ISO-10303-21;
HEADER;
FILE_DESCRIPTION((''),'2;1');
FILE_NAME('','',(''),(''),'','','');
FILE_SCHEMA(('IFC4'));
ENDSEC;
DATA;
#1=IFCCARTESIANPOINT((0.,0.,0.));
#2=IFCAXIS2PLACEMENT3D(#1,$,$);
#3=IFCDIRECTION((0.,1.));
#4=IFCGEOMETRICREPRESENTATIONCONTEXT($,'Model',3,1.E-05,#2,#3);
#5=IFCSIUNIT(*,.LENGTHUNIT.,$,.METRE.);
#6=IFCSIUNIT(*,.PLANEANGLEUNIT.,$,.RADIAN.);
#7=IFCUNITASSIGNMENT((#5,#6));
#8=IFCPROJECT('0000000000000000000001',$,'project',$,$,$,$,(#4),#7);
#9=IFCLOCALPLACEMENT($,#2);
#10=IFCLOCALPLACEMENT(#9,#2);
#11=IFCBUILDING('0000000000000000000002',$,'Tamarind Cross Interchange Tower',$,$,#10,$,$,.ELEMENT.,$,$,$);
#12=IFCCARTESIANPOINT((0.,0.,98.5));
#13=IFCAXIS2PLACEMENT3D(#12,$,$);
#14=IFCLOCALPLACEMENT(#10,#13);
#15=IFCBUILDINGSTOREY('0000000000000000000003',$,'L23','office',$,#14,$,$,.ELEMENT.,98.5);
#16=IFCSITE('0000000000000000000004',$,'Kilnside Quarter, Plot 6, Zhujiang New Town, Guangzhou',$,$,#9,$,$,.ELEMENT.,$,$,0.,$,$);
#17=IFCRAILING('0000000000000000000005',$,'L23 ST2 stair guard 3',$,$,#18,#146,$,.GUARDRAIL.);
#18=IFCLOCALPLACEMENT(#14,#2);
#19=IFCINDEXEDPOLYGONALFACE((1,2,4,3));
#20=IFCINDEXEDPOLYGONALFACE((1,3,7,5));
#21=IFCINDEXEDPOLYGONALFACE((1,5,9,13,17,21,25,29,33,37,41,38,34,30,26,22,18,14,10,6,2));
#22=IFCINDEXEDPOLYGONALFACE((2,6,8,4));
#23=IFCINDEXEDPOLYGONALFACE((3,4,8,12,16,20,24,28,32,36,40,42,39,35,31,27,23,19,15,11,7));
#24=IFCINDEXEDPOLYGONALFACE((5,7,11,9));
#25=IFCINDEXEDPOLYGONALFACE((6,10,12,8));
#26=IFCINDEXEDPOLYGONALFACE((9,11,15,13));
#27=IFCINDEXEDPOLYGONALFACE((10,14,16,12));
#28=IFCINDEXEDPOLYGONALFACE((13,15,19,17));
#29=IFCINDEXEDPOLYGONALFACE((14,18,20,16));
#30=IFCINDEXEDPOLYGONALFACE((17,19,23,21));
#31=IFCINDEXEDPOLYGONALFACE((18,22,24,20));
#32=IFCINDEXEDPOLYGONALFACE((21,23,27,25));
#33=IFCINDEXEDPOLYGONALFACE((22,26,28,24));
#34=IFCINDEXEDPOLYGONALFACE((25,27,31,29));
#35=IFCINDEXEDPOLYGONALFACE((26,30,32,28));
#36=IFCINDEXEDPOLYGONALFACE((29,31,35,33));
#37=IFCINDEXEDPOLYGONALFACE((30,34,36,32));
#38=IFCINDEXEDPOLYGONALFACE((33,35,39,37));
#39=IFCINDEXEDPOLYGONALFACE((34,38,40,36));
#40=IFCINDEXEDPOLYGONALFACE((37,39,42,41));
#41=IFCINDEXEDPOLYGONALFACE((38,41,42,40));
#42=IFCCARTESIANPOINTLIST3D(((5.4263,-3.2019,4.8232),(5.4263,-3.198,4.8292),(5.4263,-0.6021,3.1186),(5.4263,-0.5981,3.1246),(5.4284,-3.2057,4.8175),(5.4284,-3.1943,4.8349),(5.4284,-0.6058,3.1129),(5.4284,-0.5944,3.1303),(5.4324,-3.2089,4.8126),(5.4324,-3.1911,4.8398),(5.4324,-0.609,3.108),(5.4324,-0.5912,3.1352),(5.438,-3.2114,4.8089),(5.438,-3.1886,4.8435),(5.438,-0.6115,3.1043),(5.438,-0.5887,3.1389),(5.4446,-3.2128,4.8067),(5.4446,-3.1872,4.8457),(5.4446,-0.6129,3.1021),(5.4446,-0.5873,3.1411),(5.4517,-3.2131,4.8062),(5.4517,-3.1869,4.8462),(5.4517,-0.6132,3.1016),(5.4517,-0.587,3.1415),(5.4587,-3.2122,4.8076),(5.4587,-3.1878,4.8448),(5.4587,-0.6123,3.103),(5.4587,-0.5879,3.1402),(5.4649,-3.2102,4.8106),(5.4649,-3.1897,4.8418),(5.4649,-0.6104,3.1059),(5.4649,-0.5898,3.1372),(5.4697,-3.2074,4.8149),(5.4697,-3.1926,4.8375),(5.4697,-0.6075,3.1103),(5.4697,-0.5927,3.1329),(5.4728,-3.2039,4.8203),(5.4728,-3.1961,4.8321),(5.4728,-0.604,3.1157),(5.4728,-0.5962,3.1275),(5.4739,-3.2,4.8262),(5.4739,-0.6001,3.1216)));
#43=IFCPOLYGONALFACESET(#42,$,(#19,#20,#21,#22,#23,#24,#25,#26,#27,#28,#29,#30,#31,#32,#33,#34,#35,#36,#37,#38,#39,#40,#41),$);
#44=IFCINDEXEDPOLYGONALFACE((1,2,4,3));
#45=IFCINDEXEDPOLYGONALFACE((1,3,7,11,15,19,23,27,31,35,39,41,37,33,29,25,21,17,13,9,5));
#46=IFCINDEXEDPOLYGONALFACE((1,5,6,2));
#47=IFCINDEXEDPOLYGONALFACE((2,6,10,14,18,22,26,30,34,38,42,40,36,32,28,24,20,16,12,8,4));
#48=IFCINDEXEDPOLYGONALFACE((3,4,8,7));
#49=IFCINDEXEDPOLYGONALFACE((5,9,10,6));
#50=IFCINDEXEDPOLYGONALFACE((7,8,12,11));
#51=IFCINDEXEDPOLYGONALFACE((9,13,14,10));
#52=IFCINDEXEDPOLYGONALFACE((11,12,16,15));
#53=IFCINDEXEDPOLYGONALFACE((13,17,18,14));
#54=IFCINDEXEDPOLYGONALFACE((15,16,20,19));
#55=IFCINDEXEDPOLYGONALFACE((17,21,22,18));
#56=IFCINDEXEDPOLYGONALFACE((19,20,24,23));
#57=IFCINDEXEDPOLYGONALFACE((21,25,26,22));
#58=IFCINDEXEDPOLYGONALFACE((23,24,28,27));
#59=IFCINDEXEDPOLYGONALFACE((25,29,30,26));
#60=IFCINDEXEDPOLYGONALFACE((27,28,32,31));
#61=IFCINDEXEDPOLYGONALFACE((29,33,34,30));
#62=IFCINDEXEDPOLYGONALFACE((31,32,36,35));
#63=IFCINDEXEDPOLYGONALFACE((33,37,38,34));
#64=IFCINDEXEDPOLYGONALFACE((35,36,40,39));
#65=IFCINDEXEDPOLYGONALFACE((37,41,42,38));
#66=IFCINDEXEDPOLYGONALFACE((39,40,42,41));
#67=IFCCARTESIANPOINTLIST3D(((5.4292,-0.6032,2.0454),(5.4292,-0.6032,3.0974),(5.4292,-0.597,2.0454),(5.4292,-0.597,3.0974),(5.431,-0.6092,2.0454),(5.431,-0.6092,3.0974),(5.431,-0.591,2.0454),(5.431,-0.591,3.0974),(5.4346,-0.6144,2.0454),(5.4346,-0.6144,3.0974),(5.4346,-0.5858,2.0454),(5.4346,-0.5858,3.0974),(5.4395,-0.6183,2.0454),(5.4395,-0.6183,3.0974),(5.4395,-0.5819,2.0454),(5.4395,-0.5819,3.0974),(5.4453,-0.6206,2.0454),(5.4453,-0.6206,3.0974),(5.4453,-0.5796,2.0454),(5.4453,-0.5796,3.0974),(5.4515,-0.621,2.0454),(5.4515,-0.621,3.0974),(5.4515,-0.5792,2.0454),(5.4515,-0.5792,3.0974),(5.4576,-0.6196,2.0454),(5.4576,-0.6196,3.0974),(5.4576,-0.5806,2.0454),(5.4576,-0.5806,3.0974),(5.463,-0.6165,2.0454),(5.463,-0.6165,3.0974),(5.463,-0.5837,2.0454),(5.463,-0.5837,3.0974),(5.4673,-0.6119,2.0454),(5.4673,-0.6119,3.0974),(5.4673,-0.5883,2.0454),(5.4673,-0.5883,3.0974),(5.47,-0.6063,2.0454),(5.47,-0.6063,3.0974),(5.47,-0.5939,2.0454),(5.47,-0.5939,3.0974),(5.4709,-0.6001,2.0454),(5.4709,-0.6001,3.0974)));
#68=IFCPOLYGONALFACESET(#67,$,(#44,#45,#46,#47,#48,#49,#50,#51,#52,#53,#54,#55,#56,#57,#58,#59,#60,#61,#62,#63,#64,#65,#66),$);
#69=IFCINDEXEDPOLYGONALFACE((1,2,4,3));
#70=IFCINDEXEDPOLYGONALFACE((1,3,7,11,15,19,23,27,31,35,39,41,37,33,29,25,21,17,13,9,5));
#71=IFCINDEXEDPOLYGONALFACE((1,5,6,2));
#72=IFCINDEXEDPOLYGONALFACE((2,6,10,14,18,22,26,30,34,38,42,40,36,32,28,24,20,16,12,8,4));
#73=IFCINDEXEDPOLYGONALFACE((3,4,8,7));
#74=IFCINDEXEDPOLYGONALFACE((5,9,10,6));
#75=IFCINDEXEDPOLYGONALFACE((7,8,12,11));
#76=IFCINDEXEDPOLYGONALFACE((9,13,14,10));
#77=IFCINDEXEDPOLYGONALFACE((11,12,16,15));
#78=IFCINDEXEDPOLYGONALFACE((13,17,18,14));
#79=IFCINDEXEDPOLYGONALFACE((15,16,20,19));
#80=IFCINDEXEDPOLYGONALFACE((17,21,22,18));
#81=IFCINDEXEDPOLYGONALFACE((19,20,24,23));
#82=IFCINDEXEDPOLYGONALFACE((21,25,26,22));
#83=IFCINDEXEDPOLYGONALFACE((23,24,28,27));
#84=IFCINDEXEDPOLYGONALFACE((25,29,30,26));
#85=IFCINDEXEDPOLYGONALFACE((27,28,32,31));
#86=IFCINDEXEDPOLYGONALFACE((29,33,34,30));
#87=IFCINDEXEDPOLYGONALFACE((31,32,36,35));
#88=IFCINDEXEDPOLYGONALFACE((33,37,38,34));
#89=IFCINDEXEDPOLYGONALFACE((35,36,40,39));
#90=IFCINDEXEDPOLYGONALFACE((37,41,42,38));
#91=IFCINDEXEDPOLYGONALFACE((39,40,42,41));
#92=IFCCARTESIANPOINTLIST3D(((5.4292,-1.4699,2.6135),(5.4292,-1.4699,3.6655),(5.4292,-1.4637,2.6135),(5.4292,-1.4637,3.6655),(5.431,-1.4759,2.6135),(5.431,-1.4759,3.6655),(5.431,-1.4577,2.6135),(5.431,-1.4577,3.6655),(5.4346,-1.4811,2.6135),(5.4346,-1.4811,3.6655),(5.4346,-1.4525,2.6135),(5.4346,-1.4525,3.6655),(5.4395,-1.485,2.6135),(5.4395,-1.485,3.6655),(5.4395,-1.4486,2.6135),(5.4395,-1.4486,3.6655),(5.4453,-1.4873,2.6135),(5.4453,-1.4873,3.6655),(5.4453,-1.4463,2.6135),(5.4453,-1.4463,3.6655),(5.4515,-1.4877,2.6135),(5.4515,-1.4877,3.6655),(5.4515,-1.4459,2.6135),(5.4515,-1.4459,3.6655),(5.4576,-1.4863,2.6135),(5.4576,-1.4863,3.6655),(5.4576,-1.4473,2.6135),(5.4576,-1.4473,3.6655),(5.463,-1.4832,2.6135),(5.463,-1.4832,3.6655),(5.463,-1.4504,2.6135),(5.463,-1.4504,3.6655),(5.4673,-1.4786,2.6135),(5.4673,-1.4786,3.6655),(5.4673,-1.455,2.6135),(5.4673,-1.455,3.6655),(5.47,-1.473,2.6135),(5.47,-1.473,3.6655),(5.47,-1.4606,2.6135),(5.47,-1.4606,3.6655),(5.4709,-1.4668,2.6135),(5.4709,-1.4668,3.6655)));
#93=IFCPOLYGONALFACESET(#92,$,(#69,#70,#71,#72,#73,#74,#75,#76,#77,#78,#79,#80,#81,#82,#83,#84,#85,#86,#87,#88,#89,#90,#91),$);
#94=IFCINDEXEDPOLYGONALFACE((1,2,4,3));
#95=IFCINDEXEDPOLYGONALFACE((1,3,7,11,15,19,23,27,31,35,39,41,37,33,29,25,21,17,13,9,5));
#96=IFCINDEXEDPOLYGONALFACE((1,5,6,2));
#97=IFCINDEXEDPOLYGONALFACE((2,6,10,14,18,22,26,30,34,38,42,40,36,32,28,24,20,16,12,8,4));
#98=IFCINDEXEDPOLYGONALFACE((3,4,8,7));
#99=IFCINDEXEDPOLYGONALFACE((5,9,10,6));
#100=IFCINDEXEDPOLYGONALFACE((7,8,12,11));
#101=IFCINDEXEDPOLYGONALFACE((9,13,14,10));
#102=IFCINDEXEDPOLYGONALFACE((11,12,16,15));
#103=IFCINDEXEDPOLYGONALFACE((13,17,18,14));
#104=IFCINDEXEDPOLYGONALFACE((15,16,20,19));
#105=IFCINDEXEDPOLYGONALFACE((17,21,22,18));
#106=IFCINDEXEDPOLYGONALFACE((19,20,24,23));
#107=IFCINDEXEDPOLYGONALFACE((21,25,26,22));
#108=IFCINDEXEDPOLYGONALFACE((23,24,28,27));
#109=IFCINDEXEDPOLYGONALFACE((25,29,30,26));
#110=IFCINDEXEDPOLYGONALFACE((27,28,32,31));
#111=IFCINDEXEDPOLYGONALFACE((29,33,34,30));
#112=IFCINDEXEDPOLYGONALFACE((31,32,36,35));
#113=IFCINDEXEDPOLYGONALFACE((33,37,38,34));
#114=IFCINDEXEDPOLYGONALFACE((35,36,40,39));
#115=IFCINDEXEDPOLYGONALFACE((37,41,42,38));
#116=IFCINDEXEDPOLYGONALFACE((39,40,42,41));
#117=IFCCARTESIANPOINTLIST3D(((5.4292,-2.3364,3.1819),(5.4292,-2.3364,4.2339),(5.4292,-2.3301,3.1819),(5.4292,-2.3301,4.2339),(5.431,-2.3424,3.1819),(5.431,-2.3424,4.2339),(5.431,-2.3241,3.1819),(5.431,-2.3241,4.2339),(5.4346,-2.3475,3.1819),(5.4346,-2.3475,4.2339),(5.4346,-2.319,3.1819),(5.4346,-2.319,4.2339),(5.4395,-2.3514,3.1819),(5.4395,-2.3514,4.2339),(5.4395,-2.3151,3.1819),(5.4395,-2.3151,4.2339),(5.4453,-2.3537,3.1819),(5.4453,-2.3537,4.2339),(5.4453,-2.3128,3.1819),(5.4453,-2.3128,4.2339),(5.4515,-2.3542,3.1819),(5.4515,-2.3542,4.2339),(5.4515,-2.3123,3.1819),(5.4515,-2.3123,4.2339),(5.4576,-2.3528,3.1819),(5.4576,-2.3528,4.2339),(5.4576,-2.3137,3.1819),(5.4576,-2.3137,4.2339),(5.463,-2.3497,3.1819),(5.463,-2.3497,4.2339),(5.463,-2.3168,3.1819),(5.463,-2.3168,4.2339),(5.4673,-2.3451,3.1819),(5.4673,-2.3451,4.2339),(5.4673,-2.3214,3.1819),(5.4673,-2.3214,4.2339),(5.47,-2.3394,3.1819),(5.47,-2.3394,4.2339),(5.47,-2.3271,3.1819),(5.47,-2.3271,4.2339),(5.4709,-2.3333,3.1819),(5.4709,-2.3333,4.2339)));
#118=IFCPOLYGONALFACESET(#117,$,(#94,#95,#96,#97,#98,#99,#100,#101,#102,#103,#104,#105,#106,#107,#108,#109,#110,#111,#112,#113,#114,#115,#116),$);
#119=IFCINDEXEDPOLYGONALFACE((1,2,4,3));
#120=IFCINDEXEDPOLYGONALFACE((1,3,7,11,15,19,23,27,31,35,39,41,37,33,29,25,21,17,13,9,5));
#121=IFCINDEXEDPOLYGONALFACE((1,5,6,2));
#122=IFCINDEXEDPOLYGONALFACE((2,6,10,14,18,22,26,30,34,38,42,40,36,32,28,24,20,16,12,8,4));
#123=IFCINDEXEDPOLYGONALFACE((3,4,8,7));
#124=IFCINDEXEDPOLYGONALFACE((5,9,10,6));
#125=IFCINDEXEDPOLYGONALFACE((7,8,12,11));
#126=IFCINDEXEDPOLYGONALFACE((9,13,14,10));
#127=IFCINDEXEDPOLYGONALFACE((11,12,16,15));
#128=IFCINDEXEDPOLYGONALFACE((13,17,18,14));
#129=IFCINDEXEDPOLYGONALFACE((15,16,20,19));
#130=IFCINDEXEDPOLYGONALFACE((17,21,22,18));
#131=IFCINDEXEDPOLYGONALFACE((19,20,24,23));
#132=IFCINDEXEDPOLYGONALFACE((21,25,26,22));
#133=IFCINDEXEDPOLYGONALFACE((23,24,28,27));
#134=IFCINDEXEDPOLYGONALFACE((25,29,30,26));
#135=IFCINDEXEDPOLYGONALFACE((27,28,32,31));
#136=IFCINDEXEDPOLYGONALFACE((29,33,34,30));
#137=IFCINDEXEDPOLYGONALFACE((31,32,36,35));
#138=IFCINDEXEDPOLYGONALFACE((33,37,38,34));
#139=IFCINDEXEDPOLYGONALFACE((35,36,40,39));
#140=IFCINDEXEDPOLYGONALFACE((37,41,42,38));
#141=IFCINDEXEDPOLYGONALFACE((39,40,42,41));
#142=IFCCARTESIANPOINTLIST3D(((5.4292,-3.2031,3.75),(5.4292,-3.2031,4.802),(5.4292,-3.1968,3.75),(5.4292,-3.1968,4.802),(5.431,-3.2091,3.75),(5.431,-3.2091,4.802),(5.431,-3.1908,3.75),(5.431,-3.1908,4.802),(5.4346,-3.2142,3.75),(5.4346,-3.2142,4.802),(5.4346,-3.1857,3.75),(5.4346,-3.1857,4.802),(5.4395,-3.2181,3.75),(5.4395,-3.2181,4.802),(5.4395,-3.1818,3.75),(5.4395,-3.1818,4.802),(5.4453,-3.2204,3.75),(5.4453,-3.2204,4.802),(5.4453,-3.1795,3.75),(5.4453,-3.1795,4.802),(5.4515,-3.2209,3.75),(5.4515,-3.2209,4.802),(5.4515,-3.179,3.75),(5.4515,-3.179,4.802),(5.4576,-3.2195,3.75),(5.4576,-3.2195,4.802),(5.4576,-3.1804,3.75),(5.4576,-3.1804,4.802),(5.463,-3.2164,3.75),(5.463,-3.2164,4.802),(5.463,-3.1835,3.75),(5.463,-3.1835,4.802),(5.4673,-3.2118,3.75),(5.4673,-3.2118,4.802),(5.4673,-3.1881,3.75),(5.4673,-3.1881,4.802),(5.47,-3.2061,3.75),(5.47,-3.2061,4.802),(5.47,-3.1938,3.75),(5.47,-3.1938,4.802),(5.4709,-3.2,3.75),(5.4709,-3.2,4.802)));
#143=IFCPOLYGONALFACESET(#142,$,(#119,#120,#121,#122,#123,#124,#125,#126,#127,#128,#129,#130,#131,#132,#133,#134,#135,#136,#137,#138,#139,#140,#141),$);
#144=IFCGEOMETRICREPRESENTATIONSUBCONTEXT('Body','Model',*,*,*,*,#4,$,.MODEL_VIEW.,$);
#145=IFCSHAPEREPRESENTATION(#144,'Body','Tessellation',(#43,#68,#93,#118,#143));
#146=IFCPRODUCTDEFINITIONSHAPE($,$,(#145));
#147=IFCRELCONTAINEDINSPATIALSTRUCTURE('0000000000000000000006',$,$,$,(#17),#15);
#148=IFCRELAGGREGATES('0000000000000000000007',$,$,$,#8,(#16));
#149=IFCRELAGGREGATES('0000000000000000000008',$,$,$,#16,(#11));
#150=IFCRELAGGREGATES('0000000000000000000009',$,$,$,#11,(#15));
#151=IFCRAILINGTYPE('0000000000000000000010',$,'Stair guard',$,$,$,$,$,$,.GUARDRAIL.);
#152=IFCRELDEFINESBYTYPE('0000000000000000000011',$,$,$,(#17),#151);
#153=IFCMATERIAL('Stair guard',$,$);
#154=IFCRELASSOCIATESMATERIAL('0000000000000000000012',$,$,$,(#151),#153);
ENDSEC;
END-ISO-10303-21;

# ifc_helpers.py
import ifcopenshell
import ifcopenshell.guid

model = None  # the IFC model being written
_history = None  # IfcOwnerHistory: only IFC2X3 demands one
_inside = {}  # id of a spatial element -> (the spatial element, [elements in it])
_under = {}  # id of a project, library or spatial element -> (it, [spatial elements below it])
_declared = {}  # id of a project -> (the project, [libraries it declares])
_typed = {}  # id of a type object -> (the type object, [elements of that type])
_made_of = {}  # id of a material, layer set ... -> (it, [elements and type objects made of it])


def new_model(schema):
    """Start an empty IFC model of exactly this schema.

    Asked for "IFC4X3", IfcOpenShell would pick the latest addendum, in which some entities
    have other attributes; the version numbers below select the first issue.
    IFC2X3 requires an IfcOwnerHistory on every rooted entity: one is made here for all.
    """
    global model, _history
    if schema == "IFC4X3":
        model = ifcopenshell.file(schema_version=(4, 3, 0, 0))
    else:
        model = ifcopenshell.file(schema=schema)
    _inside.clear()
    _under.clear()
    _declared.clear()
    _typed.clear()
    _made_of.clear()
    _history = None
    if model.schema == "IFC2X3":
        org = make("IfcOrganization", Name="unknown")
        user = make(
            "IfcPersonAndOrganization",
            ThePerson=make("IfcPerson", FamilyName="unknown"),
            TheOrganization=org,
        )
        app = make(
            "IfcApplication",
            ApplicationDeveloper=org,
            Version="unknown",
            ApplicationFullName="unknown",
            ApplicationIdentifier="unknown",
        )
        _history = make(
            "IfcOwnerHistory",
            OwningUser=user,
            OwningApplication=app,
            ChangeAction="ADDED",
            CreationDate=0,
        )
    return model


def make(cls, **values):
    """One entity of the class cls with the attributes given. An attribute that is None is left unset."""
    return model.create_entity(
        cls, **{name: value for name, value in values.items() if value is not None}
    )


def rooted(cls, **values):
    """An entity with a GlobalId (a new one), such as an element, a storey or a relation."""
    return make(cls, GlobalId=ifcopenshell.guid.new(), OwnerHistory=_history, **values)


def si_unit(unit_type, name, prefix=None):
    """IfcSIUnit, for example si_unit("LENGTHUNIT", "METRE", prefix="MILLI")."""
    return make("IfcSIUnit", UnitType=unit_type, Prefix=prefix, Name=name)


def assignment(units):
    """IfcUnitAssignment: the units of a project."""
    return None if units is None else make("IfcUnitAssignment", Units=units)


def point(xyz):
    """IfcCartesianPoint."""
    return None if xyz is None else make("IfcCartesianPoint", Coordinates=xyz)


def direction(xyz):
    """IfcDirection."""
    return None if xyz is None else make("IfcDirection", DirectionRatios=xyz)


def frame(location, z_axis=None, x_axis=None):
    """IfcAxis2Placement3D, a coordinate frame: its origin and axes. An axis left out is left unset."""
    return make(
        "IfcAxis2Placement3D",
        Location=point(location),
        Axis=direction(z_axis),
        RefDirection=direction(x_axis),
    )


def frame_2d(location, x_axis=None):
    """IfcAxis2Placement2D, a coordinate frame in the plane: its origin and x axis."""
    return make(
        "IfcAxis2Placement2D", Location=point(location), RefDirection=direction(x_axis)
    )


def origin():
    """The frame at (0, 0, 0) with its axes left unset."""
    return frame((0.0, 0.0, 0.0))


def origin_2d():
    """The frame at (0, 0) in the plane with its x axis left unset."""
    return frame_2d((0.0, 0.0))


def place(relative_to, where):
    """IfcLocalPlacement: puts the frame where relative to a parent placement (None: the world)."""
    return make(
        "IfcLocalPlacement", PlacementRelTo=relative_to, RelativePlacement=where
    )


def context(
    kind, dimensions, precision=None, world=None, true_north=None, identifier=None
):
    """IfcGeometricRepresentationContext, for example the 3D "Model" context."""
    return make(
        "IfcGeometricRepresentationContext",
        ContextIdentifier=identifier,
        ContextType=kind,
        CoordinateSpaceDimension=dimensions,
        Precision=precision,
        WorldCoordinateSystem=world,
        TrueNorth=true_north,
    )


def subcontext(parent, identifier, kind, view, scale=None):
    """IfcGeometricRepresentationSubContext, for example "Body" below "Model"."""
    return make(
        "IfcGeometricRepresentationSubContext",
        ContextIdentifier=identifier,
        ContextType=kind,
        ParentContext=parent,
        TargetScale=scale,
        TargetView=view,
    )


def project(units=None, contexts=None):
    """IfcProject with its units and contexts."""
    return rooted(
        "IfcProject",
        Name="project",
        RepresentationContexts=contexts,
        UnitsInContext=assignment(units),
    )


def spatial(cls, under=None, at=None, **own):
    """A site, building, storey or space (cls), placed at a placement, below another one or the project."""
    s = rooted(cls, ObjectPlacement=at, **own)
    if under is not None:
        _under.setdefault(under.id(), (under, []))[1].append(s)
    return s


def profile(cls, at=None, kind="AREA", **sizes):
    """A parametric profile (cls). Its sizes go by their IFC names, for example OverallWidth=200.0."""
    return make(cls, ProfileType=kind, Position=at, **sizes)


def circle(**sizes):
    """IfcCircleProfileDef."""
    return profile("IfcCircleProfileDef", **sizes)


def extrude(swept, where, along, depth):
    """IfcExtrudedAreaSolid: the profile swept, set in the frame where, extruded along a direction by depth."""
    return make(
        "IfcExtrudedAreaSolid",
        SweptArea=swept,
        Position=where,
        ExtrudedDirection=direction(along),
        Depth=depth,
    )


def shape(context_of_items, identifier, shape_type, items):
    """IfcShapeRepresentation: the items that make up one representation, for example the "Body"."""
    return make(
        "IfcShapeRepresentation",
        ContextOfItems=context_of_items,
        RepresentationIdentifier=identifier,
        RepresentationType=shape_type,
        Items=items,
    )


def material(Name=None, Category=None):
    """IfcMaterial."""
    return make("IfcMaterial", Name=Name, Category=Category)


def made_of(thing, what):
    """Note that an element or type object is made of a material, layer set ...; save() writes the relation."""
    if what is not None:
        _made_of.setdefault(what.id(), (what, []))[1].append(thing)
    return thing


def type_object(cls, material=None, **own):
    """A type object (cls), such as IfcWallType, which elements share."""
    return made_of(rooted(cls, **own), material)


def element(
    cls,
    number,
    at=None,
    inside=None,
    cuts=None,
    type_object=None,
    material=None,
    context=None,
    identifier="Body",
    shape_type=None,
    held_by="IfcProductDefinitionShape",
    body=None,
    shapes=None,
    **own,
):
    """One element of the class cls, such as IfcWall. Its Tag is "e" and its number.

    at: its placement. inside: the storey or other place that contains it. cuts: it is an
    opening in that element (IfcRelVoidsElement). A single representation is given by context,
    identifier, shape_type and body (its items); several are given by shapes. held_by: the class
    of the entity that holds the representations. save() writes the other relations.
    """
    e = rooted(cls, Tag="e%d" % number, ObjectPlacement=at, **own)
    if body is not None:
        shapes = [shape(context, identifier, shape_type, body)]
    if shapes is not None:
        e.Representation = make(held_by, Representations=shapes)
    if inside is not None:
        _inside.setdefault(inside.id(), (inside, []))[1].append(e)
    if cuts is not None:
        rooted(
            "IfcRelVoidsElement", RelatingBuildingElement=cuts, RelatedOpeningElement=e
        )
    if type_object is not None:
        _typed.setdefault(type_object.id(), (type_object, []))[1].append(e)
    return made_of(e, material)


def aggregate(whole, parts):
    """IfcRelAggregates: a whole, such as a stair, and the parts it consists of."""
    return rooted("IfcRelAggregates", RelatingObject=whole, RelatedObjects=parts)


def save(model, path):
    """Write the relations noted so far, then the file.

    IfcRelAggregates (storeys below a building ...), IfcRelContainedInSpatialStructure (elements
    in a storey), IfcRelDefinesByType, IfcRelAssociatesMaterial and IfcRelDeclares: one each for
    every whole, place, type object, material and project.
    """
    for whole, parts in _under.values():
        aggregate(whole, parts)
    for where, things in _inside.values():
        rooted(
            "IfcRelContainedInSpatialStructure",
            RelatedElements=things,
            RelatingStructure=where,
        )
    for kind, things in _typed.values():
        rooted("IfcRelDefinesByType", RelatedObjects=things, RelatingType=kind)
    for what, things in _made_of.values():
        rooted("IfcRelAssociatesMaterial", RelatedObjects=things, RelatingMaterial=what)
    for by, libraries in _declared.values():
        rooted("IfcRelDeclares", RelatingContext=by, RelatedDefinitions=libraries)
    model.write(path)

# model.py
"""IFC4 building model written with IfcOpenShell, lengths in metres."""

from ifc_helpers import new_model, si_unit, direction, frame, origin, origin_2d, place, context, subcontext, project, spatial, circle, extrude, material, type_object, element, save


model = new_model("IFC4")

# Units and contexts
model_context = context("Model", 3, precision=1e-05, world=origin(), true_north=direction((0.0, 1.0)))
body_context = subcontext(model_context, "Body", "Model", "MODEL_VIEW")
ifc_project = project(units=[si_unit("LENGTHUNIT", "METRE"), si_unit("PLANEANGLEUNIT", "RADIAN")], contexts=[model_context])

# Site, building, storey
site_placement = place(None, origin())
site = spatial("IfcSite", under=ifc_project, at=site_placement, Name="Kilnside Quarter, Plot 6, Zhujiang New Town, Guangzhou", CompositionType="ELEMENT", RefElevation=0.0)
building_placement = place(site_placement, origin())
building = spatial("IfcBuilding", under=site, at=building_placement, Name="Tamarind Cross Interchange Tower", CompositionType="ELEMENT")
storey_placement = place(building_placement, frame((0.0, 0.0, 98.5)))
storey = spatial("IfcBuildingStorey", under=building, at=storey_placement, Name="L23", Description="office", CompositionType="ELEMENT", Elevation=98.5)

# Railing
ifc_material_1 = material(Name="Stair guard")
railing_type_1 = type_object("IfcRailingType", Name="Stair guard", PredefinedType="GUARDRAIL", material=ifc_material_1)
railing_1_placement = place(storey_placement, frame((5.45, -0.6001, 2.0454)))
element("IfcRailing", 1, at=railing_1_placement, inside=storey, type_object=railing_type_1, Name="L23 ST2 stair guard 3", PredefinedType="GUARDRAIL", context=body_context, shape_type="SweptSolid", body=[
    extrude(circle(Radius=0.0239, at=origin_2d()), frame((0.0, 0.0, 1.0762), z_axis=(0.0, -0.836279, 0.548305), x_axis=(1.0, 0.0, 0.0)), (0.0, 0.0, 1.0), 3.1089),
    extrude(circle(Radius=0.021, at=origin_2d()), origin(), (0.0, 0.0, 1.0), 1.052),
    extrude(circle(Radius=0.021, at=origin_2d()), frame((0.0, -0.8667, 0.5681)), (0.0, 0.0, 1.0), 1.052),
    extrude(circle(Radius=0.021, at=origin_2d()), frame((0.0, -1.7332, 1.1365)), (0.0, 0.0, 1.0), 1.052),
    extrude(circle(Radius=0.021, at=origin_2d()), frame((0.0, -2.5999, 1.7046)), (0.0, 0.0, 1.0), 1.052),
])

save(model, "model.ifc")
